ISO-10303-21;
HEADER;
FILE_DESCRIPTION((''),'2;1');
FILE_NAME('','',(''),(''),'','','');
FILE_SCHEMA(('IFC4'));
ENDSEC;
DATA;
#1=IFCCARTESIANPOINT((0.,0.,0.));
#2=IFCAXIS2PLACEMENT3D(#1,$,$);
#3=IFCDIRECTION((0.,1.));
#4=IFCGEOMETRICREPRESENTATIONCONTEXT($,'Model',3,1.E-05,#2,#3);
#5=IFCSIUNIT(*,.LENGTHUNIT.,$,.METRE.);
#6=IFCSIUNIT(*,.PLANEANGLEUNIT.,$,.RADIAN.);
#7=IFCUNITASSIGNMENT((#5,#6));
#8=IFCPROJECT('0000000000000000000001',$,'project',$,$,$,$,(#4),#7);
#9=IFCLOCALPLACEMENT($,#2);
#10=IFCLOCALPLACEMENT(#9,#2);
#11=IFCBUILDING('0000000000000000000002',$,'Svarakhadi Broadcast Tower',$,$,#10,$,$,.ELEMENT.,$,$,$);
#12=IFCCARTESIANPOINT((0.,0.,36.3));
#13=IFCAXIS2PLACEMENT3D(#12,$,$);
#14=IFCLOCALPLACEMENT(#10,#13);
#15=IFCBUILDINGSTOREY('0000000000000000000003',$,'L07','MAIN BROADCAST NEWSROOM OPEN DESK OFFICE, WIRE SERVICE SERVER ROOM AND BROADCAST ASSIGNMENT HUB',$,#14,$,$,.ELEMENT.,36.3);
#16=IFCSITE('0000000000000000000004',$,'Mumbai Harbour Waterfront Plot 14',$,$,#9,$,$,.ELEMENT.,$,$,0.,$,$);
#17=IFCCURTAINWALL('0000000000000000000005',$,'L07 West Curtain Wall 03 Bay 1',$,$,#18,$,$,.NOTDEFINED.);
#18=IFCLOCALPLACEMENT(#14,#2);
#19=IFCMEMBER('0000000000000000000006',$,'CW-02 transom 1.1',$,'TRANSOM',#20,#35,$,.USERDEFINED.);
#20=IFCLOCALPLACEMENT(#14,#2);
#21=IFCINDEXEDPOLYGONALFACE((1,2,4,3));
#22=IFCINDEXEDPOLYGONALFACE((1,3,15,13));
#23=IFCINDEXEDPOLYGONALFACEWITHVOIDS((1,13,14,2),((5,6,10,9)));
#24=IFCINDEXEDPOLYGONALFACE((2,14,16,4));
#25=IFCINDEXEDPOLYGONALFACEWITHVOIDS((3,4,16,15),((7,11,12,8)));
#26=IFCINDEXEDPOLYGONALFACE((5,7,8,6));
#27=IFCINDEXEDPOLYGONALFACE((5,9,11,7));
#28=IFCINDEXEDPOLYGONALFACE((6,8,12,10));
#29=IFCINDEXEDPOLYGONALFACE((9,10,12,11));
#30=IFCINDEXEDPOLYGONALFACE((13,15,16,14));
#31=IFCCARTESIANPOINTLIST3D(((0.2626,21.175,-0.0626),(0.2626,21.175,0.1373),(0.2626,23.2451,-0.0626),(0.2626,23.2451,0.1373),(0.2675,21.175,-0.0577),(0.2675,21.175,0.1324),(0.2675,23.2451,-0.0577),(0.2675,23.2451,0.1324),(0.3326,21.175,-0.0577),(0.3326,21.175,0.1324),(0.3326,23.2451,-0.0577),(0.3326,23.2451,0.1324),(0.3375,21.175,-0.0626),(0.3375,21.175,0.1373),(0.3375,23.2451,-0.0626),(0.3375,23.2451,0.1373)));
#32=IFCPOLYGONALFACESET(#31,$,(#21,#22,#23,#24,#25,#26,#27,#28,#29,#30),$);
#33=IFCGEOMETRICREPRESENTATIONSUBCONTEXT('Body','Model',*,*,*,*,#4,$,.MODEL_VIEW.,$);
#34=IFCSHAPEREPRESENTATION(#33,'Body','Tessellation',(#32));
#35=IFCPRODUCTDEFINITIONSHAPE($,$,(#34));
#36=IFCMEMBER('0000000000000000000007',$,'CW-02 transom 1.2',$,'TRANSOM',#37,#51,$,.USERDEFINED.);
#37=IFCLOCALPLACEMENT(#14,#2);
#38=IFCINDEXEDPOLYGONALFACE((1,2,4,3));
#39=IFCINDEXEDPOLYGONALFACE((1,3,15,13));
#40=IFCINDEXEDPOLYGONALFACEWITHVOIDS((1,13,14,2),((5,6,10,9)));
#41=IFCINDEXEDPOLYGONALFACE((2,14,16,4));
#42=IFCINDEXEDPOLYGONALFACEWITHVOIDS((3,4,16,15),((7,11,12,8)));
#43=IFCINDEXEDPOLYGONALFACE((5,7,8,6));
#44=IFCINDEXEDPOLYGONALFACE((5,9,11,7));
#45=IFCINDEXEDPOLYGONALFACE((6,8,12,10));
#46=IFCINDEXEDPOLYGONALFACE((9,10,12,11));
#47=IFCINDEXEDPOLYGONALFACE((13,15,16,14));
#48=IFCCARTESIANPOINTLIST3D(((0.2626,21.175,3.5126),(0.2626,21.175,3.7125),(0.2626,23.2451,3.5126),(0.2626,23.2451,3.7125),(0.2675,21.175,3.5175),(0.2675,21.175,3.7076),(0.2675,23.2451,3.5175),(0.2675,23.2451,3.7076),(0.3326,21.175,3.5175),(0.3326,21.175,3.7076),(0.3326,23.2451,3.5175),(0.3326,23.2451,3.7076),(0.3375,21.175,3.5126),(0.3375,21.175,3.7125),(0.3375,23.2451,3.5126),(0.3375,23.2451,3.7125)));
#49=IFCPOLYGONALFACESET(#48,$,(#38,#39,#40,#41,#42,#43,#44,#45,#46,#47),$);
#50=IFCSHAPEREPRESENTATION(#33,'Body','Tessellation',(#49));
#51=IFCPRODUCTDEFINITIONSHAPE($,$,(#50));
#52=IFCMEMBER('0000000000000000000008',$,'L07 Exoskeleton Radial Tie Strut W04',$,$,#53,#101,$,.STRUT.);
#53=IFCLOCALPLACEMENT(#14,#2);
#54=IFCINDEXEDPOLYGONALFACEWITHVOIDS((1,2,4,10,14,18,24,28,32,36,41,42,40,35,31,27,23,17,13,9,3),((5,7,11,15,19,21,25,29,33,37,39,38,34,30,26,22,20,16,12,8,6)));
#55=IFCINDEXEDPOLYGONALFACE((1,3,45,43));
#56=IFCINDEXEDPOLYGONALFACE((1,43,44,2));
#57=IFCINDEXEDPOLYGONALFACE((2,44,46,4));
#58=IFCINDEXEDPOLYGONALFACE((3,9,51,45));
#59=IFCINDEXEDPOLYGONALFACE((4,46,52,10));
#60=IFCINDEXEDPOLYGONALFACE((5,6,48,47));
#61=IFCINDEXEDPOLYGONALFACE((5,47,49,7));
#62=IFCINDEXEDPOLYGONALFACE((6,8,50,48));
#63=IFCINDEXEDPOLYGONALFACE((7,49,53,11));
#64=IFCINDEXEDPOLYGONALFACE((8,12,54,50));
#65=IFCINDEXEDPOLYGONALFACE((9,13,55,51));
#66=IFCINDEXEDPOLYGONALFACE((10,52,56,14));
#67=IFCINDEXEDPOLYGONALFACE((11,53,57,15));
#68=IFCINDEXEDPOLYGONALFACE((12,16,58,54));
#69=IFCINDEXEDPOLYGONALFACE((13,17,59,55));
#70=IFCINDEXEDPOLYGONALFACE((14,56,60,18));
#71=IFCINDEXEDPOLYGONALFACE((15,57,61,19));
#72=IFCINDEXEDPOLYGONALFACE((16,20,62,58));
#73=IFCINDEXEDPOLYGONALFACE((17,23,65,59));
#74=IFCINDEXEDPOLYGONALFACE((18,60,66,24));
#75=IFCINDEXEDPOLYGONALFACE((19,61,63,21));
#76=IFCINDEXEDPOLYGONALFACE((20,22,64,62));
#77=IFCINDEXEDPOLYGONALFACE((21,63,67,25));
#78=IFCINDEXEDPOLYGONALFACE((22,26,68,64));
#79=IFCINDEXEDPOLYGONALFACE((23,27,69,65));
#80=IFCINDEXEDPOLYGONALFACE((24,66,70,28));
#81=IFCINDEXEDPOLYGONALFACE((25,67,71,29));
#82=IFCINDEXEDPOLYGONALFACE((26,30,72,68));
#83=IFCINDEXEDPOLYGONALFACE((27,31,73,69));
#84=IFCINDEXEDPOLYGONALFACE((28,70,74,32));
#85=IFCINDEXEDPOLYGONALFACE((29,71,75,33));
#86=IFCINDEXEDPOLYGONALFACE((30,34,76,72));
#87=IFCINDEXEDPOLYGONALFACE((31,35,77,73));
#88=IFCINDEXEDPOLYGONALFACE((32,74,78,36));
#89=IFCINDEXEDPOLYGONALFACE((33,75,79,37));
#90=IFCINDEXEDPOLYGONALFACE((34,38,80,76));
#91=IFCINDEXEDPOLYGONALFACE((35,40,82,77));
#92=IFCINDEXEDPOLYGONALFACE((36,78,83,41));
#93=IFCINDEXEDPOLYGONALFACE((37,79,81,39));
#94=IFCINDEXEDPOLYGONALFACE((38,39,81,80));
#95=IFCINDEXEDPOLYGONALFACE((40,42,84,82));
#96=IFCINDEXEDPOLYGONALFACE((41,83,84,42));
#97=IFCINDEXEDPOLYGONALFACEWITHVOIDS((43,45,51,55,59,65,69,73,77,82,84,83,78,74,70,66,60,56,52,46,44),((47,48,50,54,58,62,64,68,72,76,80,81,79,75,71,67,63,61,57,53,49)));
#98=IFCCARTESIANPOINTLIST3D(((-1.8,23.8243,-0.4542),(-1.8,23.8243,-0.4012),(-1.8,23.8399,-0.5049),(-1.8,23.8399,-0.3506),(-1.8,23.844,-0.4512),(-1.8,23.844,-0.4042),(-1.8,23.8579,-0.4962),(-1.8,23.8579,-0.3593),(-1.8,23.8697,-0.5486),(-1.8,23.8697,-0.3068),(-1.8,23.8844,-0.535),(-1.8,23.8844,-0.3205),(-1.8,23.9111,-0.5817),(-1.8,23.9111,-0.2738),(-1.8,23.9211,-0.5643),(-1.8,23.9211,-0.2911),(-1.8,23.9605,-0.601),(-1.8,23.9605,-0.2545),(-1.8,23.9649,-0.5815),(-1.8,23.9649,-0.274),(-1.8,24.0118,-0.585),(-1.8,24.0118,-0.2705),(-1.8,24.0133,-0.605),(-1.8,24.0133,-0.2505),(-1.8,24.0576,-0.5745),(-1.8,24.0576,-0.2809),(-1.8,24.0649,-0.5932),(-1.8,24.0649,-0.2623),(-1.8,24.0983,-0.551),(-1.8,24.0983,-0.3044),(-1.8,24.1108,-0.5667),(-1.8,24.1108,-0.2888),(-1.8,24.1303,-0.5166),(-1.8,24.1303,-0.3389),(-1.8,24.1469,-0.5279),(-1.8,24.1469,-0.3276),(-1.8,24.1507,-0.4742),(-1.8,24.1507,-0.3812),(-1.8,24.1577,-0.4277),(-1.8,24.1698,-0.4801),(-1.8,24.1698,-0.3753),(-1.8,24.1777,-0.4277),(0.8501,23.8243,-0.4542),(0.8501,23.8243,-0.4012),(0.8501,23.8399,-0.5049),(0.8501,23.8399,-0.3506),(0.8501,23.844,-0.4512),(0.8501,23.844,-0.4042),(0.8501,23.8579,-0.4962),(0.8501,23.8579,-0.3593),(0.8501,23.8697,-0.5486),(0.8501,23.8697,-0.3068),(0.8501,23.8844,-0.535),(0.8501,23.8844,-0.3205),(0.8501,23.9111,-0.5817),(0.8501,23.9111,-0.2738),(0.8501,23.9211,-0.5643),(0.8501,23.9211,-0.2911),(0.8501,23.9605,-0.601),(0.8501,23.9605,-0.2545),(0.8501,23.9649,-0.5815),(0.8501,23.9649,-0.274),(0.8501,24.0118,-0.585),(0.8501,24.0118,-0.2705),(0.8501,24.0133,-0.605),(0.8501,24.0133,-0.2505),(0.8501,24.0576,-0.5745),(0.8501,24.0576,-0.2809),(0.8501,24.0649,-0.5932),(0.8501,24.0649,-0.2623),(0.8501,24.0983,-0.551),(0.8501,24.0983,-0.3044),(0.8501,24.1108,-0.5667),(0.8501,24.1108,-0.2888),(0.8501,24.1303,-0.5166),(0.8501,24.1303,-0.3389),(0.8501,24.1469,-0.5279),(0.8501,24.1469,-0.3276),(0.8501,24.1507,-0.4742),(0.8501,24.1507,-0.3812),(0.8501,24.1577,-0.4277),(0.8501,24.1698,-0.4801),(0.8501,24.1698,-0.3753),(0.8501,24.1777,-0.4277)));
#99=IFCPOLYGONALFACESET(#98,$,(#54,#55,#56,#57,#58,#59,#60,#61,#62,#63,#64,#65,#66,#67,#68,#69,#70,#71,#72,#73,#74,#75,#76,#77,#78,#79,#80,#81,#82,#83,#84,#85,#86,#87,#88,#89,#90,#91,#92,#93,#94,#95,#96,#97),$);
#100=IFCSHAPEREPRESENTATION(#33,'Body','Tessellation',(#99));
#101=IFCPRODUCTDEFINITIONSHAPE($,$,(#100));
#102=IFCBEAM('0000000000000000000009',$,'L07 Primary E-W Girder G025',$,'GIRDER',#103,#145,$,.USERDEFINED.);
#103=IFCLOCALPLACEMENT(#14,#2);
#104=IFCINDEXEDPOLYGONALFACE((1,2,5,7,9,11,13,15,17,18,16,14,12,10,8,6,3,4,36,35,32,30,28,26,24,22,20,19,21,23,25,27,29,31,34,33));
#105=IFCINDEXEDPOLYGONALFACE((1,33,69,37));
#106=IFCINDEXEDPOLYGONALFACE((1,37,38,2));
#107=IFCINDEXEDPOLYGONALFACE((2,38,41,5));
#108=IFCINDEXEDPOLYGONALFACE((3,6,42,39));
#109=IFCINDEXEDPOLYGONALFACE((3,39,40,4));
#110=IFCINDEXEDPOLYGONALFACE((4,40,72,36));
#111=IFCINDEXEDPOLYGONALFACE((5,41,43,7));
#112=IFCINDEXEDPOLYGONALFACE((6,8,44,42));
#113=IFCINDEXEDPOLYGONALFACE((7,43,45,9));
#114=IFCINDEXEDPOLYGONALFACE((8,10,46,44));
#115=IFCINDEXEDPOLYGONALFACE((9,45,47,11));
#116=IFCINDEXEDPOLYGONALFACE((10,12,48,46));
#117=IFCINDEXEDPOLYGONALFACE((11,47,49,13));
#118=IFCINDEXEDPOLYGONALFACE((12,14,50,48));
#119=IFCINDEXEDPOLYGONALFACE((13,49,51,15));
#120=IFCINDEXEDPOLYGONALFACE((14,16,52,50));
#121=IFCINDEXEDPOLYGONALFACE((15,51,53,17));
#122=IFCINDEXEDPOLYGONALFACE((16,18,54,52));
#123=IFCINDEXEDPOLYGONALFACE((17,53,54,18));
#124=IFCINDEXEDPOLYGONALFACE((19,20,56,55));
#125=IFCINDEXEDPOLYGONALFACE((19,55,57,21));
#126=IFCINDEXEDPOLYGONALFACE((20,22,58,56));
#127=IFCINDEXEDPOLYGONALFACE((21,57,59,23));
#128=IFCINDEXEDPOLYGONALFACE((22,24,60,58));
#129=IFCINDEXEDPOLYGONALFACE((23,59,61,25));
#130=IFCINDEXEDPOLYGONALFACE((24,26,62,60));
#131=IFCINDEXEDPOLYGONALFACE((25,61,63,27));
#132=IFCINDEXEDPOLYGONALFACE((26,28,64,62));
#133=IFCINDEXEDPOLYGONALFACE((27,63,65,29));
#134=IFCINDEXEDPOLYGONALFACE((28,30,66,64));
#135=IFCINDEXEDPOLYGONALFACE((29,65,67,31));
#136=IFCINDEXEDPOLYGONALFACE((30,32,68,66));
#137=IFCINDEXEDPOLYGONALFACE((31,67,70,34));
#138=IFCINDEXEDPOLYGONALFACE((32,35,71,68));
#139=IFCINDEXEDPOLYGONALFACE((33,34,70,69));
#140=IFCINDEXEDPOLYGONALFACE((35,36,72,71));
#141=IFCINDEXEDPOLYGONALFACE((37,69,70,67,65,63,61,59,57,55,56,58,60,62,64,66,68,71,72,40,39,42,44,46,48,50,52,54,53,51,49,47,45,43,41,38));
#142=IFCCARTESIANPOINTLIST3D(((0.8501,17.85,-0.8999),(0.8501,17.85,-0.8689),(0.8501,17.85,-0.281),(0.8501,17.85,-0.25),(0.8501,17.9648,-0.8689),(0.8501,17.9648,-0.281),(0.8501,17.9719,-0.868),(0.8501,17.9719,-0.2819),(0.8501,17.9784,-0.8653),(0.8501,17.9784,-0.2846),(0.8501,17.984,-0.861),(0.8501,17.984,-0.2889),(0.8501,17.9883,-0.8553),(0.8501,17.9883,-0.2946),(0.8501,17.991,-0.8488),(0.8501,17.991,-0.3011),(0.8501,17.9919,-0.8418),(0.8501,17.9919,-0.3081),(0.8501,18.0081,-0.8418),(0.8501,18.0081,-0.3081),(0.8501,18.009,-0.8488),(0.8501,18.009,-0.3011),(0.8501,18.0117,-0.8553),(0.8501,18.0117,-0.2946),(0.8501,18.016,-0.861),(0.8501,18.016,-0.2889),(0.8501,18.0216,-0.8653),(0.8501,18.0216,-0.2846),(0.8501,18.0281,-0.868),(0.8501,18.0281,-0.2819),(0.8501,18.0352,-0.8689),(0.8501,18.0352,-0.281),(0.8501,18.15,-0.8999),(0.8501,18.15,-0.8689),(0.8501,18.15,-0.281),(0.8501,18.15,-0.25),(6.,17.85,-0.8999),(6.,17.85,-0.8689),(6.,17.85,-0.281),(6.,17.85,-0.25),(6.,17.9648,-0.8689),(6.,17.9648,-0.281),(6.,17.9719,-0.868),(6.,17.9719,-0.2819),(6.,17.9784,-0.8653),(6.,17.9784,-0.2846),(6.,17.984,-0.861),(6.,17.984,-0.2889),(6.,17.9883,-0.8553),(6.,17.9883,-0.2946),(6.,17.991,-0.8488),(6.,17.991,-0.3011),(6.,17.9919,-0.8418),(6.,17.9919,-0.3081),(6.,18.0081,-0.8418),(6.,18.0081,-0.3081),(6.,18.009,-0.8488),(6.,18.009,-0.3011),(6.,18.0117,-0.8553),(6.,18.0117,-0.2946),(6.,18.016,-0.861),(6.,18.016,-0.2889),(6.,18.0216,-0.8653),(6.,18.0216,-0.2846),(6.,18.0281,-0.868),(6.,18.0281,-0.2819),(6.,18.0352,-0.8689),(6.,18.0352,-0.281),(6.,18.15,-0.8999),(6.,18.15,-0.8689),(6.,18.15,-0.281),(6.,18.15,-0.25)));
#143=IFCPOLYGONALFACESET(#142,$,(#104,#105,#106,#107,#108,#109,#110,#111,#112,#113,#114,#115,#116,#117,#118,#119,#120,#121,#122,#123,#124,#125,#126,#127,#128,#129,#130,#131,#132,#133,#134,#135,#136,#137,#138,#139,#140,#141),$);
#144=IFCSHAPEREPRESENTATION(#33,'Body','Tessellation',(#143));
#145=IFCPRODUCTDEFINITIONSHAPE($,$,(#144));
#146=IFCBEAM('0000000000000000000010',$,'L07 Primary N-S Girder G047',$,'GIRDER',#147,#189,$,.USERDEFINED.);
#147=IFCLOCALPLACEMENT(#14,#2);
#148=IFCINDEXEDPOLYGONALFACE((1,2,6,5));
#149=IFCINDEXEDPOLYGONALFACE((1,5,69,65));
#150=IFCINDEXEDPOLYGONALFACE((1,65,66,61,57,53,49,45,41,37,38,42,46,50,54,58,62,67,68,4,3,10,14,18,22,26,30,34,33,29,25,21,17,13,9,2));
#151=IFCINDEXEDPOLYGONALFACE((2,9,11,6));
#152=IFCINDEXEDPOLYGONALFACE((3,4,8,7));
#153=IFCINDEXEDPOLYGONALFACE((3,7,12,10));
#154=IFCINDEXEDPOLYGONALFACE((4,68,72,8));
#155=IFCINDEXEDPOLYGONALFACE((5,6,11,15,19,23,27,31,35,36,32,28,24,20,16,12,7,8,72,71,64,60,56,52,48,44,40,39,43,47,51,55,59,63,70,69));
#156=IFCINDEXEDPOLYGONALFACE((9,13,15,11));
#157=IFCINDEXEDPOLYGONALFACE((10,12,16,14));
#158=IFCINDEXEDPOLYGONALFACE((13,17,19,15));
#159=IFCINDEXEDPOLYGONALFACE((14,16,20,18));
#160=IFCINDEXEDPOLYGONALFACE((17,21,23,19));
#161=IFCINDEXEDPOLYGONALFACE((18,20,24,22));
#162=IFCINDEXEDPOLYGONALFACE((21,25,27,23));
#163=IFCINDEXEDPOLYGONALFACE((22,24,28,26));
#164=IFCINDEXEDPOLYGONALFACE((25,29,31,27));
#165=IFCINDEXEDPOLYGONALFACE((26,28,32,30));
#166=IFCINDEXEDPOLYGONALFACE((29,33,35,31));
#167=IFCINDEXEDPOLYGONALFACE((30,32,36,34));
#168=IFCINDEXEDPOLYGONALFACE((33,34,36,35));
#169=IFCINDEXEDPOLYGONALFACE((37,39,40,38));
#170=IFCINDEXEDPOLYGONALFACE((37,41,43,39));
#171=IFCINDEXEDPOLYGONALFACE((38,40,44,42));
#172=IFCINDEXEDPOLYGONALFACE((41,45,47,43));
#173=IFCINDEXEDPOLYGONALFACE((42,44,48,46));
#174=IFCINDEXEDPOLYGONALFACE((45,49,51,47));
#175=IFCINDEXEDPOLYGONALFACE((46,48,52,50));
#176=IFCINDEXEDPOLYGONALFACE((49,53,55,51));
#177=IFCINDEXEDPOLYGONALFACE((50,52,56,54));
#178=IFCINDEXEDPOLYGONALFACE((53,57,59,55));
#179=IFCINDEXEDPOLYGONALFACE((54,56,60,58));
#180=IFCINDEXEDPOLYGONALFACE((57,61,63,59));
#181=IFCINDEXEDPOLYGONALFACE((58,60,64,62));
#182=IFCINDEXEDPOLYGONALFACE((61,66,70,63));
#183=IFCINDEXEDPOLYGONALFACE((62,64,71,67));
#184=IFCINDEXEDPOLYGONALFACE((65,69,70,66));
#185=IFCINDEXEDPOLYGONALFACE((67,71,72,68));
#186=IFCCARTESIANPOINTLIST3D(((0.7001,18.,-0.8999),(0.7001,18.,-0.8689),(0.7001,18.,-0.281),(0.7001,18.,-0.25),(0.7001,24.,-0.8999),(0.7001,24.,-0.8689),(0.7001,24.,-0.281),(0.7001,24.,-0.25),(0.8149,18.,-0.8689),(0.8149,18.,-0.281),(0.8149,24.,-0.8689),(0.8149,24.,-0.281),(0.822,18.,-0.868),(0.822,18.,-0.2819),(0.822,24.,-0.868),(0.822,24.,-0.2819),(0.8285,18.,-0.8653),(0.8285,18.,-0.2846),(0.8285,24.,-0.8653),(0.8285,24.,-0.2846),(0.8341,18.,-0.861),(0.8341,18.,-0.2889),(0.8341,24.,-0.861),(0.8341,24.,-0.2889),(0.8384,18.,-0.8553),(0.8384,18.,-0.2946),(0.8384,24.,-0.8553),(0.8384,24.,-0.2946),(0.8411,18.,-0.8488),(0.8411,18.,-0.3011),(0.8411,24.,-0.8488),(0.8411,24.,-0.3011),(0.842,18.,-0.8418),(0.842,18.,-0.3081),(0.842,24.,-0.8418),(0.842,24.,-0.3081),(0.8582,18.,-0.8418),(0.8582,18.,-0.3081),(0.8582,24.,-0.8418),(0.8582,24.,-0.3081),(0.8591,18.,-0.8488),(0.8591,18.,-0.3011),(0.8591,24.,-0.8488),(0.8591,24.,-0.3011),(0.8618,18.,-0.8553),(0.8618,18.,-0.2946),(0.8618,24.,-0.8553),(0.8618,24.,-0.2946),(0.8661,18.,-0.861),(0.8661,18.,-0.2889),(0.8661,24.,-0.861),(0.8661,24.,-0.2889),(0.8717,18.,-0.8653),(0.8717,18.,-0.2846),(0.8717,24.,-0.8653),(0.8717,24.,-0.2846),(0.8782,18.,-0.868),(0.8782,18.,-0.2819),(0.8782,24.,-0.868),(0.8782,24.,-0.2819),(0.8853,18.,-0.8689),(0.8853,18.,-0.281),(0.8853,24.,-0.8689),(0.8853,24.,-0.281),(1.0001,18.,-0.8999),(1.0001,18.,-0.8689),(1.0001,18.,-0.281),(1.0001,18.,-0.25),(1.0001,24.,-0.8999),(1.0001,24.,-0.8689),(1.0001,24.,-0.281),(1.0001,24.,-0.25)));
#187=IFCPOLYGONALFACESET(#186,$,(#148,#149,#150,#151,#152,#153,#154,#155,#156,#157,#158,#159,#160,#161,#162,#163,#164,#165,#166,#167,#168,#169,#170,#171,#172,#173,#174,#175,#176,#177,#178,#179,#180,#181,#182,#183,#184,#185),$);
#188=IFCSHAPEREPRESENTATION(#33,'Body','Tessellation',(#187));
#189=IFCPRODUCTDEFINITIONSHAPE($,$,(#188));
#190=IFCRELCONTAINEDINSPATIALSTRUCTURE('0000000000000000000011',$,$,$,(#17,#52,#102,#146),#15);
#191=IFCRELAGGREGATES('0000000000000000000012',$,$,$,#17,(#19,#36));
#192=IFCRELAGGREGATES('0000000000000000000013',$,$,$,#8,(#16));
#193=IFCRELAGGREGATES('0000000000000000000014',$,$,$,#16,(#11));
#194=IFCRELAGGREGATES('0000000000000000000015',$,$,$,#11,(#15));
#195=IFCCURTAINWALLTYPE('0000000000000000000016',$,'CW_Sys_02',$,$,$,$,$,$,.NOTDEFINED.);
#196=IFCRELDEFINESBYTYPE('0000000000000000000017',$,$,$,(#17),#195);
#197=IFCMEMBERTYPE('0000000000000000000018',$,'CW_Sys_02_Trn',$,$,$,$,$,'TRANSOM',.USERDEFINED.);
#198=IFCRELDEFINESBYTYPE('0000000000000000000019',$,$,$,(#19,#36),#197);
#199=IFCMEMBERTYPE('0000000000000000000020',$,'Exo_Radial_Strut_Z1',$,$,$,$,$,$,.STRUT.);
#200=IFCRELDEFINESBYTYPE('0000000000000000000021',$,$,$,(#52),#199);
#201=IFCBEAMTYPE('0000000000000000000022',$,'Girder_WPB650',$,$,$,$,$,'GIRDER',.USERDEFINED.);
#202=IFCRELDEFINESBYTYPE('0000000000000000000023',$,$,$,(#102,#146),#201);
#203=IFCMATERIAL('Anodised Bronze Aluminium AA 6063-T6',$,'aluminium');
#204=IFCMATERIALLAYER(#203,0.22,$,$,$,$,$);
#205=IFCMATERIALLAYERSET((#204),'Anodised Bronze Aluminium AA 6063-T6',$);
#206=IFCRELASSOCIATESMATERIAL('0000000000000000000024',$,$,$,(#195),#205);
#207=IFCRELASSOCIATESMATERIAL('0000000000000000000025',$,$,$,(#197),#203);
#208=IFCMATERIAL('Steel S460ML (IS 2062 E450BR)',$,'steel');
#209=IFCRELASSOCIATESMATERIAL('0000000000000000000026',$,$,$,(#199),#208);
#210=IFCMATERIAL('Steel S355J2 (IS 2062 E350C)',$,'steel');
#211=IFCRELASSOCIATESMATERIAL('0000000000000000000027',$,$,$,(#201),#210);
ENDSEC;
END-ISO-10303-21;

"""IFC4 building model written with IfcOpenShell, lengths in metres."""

from ifc_helpers import new_model, si_unit, direction, frame, origin, origin_2d, place, context, subcontext, project, spatial, hollow_rectangle, hollow_circle, i_section, extrude, material, layer, layer_set, material_profile, profile_set, type_object, element, aggregate, save


model = new_model("IFC4")

# Units and contexts
model_context = context("Model", 3, precision=1e-05, world=origin(), true_north=direction((0.0, 1.0)))
body_context = subcontext(model_context, "Body", "Model", "MODEL_VIEW")
ifc_project = project(units=[si_unit("LENGTHUNIT", "METRE"), si_unit("PLANEANGLEUNIT", "RADIAN")], contexts=[model_context])

# Site, building, storey
site_placement = place(None, origin())
site = spatial("IfcSite", under=ifc_project, at=site_placement, Name="Mumbai Harbour Waterfront Plot 14", CompositionType="ELEMENT", RefElevation=0.0)
building_placement = place(site_placement, origin())
building = spatial("IfcBuilding", under=site, at=building_placement, Name="Svarakhadi Broadcast Tower", CompositionType="ELEMENT")
storey_placement = place(building_placement, frame((0.0, 0.0, 36.3)))
storey = spatial("IfcBuildingStorey", under=building, at=storey_placement, Name="L07", Description="MAIN BROADCAST NEWSROOM OPEN DESK OFFICE, WIRE SERVICE SERVER ROOM AND BROADCAST ASSIGNMENT HUB", CompositionType="ELEMENT", Elevation=36.3)

# Shared definitions
ifc_material_1 = material(Name="Steel S460ML (IS 2062 E450BR)", Category="steel")

# Shared definitions
ifc_material_2 = material(Name="Steel S355J2 (IS 2062 E350C)", Category="steel")

# Curtain wall, members
ifc_material_3 = material(Name="Anodised Bronze Aluminium AA 6063-T6", Category="aluminium")
ifc_layer_1 = layer(ifc_material_3, 0.22)
ifc_layer_set_1 = layer_set([ifc_layer_1], Name="Anodised Bronze Aluminium AA 6063-T6")
curtain_wall_type = type_object("IfcCurtainWallType", Name="CW_Sys_02", PredefinedType="NOTDEFINED", material=ifc_layer_set_1)
curtain_wall_placement = place(storey_placement, origin())
curtain_wall = element("IfcCurtainWall", 1, at=curtain_wall_placement, inside=storey, type_object=curtain_wall_type, Name="L07 West Curtain Wall 03 Bay 1", PredefinedType="NOTDEFINED")
ifc_material_profile_1 = material_profile(ifc_material_3, hollow_rectangle(XDim=0.075, YDim=0.2, WallThickness=0.0049, at=origin_2d()), Name="ALU TRANSOM 200x75x5")
ifc_profile_set_1 = profile_set([ifc_material_profile_1], Name="Anodised Bronze Aluminium AA 6063-T6")
member_type_1 = type_object("IfcMemberType", Name="CW_Sys_02_Trn", ElementType="TRANSOM", PredefinedType="USERDEFINED", material=ifc_profile_set_1)
member_1_placement = place(storey_placement, frame((0.3, 21.175, 0.0374), z_axis=(0.0, 1.0, 0.0), x_axis=(-1.0, 0.0, 0.0)))
member_1 = element("IfcMember", 2, at=member_1_placement, type_object=member_type_1, Name="CW-02 transom 1.1", ObjectType="TRANSOM", PredefinedType="USERDEFINED", context=body_context, shape_type="SweptSolid", body=[
    extrude(hollow_rectangle(XDim=0.075, YDim=0.2, WallThickness=0.0049, at=origin_2d()), origin(), (0.0, 0.0, 1.0), 2.0701),
])
member_2_placement = place(storey_placement, frame((0.3, 21.175, 3.6125), z_axis=(0.0, 1.0, 0.0), x_axis=(-1.0, 0.0, 0.0)))
member_2 = element("IfcMember", 3, at=member_2_placement, type_object=member_type_1, Name="CW-02 transom 1.2", ObjectType="TRANSOM", PredefinedType="USERDEFINED", context=body_context, shape_type="SweptSolid", body=[
    extrude(hollow_rectangle(XDim=0.075, YDim=0.2, WallThickness=0.0049, at=origin_2d()), origin(), (0.0, 0.0, 1.0), 2.0701),
])

# Member
ifc_material_profile_2 = material_profile(ifc_material_1, hollow_circle(Radius=0.1777, WallThickness=0.02, at=origin_2d()), Name="CHS 355.6x20")
ifc_profile_set_2 = profile_set([ifc_material_profile_2], Name="Steel S460ML (IS 2062 E450BR)")
member_type_2 = type_object("IfcMemberType", Name="Exo_Radial_Strut_Z1", PredefinedType="STRUT", material=ifc_profile_set_2)
member_3_placement = place(storey_placement, frame((-1.8, 24.0, -0.4277), z_axis=(1.0, 0.0, 0.0), x_axis=(0.0, 1.0, 0.0)))
element("IfcMember", 4, at=member_3_placement, inside=storey, type_object=member_type_2, Name="L07 Exoskeleton Radial Tie Strut W04", PredefinedType="STRUT", context=body_context, shape_type="SweptSolid", body=[
    extrude(hollow_circle(Radius=0.1777, WallThickness=0.02, at=origin_2d()), origin(), (0.0, 0.0, 1.0), 2.6501),
])

# Beams
ifc_material_profile_3 = material_profile(ifc_material_2, i_section(OverallWidth=0.3, OverallDepth=0.6499, WebThickness=0.0161, FlangeThickness=0.031, FilletRadius=0.0271, at=origin_2d()), Name="WPB 650x300x225")
ifc_profile_set_3 = profile_set([ifc_material_profile_3], Name="Steel S355J2 (IS 2062 E350C)")
beam_type_1 = type_object("IfcBeamType", Name="Girder_WPB650", ElementType="GIRDER", PredefinedType="USERDEFINED", material=ifc_profile_set_3)
beam_1_placement = place(storey_placement, frame((0.8501, 18.0, -0.575), z_axis=(1.0, 0.0, 0.0), x_axis=(0.0, 1.0, 0.0)))
element("IfcBeam", 5, at=beam_1_placement, inside=storey, type_object=beam_type_1, Name="L07 Primary E-W Girder G025", ObjectType="GIRDER", PredefinedType="USERDEFINED", context=body_context, shape_type="SweptSolid", body=[
    extrude(i_section(OverallWidth=0.3, OverallDepth=0.6499, WebThickness=0.0161, FlangeThickness=0.031, FilletRadius=0.0271, at=origin_2d()), origin(), (0.0, 0.0, 1.0), 5.1499),
])
beam_2_placement = place(storey_placement, frame((0.8501, 18.0, -0.575), z_axis=(0.0, 1.0, 0.0), x_axis=(-1.0, 0.0, 0.0)))
element("IfcBeam", 6, at=beam_2_placement, inside=storey, type_object=beam_type_1, Name="L07 Primary N-S Girder G047", ObjectType="GIRDER", PredefinedType="USERDEFINED", context=body_context, shape_type="SweptSolid", body=[
    extrude(i_section(OverallWidth=0.3, OverallDepth=0.6499, WebThickness=0.0161, FlangeThickness=0.031, FilletRadius=0.0271, at=origin_2d()), origin(), (0.0, 0.0, 1.0), 6.0),
])

aggregate(curtain_wall, [member_1, member_2])

save(model, "model.ifc")
